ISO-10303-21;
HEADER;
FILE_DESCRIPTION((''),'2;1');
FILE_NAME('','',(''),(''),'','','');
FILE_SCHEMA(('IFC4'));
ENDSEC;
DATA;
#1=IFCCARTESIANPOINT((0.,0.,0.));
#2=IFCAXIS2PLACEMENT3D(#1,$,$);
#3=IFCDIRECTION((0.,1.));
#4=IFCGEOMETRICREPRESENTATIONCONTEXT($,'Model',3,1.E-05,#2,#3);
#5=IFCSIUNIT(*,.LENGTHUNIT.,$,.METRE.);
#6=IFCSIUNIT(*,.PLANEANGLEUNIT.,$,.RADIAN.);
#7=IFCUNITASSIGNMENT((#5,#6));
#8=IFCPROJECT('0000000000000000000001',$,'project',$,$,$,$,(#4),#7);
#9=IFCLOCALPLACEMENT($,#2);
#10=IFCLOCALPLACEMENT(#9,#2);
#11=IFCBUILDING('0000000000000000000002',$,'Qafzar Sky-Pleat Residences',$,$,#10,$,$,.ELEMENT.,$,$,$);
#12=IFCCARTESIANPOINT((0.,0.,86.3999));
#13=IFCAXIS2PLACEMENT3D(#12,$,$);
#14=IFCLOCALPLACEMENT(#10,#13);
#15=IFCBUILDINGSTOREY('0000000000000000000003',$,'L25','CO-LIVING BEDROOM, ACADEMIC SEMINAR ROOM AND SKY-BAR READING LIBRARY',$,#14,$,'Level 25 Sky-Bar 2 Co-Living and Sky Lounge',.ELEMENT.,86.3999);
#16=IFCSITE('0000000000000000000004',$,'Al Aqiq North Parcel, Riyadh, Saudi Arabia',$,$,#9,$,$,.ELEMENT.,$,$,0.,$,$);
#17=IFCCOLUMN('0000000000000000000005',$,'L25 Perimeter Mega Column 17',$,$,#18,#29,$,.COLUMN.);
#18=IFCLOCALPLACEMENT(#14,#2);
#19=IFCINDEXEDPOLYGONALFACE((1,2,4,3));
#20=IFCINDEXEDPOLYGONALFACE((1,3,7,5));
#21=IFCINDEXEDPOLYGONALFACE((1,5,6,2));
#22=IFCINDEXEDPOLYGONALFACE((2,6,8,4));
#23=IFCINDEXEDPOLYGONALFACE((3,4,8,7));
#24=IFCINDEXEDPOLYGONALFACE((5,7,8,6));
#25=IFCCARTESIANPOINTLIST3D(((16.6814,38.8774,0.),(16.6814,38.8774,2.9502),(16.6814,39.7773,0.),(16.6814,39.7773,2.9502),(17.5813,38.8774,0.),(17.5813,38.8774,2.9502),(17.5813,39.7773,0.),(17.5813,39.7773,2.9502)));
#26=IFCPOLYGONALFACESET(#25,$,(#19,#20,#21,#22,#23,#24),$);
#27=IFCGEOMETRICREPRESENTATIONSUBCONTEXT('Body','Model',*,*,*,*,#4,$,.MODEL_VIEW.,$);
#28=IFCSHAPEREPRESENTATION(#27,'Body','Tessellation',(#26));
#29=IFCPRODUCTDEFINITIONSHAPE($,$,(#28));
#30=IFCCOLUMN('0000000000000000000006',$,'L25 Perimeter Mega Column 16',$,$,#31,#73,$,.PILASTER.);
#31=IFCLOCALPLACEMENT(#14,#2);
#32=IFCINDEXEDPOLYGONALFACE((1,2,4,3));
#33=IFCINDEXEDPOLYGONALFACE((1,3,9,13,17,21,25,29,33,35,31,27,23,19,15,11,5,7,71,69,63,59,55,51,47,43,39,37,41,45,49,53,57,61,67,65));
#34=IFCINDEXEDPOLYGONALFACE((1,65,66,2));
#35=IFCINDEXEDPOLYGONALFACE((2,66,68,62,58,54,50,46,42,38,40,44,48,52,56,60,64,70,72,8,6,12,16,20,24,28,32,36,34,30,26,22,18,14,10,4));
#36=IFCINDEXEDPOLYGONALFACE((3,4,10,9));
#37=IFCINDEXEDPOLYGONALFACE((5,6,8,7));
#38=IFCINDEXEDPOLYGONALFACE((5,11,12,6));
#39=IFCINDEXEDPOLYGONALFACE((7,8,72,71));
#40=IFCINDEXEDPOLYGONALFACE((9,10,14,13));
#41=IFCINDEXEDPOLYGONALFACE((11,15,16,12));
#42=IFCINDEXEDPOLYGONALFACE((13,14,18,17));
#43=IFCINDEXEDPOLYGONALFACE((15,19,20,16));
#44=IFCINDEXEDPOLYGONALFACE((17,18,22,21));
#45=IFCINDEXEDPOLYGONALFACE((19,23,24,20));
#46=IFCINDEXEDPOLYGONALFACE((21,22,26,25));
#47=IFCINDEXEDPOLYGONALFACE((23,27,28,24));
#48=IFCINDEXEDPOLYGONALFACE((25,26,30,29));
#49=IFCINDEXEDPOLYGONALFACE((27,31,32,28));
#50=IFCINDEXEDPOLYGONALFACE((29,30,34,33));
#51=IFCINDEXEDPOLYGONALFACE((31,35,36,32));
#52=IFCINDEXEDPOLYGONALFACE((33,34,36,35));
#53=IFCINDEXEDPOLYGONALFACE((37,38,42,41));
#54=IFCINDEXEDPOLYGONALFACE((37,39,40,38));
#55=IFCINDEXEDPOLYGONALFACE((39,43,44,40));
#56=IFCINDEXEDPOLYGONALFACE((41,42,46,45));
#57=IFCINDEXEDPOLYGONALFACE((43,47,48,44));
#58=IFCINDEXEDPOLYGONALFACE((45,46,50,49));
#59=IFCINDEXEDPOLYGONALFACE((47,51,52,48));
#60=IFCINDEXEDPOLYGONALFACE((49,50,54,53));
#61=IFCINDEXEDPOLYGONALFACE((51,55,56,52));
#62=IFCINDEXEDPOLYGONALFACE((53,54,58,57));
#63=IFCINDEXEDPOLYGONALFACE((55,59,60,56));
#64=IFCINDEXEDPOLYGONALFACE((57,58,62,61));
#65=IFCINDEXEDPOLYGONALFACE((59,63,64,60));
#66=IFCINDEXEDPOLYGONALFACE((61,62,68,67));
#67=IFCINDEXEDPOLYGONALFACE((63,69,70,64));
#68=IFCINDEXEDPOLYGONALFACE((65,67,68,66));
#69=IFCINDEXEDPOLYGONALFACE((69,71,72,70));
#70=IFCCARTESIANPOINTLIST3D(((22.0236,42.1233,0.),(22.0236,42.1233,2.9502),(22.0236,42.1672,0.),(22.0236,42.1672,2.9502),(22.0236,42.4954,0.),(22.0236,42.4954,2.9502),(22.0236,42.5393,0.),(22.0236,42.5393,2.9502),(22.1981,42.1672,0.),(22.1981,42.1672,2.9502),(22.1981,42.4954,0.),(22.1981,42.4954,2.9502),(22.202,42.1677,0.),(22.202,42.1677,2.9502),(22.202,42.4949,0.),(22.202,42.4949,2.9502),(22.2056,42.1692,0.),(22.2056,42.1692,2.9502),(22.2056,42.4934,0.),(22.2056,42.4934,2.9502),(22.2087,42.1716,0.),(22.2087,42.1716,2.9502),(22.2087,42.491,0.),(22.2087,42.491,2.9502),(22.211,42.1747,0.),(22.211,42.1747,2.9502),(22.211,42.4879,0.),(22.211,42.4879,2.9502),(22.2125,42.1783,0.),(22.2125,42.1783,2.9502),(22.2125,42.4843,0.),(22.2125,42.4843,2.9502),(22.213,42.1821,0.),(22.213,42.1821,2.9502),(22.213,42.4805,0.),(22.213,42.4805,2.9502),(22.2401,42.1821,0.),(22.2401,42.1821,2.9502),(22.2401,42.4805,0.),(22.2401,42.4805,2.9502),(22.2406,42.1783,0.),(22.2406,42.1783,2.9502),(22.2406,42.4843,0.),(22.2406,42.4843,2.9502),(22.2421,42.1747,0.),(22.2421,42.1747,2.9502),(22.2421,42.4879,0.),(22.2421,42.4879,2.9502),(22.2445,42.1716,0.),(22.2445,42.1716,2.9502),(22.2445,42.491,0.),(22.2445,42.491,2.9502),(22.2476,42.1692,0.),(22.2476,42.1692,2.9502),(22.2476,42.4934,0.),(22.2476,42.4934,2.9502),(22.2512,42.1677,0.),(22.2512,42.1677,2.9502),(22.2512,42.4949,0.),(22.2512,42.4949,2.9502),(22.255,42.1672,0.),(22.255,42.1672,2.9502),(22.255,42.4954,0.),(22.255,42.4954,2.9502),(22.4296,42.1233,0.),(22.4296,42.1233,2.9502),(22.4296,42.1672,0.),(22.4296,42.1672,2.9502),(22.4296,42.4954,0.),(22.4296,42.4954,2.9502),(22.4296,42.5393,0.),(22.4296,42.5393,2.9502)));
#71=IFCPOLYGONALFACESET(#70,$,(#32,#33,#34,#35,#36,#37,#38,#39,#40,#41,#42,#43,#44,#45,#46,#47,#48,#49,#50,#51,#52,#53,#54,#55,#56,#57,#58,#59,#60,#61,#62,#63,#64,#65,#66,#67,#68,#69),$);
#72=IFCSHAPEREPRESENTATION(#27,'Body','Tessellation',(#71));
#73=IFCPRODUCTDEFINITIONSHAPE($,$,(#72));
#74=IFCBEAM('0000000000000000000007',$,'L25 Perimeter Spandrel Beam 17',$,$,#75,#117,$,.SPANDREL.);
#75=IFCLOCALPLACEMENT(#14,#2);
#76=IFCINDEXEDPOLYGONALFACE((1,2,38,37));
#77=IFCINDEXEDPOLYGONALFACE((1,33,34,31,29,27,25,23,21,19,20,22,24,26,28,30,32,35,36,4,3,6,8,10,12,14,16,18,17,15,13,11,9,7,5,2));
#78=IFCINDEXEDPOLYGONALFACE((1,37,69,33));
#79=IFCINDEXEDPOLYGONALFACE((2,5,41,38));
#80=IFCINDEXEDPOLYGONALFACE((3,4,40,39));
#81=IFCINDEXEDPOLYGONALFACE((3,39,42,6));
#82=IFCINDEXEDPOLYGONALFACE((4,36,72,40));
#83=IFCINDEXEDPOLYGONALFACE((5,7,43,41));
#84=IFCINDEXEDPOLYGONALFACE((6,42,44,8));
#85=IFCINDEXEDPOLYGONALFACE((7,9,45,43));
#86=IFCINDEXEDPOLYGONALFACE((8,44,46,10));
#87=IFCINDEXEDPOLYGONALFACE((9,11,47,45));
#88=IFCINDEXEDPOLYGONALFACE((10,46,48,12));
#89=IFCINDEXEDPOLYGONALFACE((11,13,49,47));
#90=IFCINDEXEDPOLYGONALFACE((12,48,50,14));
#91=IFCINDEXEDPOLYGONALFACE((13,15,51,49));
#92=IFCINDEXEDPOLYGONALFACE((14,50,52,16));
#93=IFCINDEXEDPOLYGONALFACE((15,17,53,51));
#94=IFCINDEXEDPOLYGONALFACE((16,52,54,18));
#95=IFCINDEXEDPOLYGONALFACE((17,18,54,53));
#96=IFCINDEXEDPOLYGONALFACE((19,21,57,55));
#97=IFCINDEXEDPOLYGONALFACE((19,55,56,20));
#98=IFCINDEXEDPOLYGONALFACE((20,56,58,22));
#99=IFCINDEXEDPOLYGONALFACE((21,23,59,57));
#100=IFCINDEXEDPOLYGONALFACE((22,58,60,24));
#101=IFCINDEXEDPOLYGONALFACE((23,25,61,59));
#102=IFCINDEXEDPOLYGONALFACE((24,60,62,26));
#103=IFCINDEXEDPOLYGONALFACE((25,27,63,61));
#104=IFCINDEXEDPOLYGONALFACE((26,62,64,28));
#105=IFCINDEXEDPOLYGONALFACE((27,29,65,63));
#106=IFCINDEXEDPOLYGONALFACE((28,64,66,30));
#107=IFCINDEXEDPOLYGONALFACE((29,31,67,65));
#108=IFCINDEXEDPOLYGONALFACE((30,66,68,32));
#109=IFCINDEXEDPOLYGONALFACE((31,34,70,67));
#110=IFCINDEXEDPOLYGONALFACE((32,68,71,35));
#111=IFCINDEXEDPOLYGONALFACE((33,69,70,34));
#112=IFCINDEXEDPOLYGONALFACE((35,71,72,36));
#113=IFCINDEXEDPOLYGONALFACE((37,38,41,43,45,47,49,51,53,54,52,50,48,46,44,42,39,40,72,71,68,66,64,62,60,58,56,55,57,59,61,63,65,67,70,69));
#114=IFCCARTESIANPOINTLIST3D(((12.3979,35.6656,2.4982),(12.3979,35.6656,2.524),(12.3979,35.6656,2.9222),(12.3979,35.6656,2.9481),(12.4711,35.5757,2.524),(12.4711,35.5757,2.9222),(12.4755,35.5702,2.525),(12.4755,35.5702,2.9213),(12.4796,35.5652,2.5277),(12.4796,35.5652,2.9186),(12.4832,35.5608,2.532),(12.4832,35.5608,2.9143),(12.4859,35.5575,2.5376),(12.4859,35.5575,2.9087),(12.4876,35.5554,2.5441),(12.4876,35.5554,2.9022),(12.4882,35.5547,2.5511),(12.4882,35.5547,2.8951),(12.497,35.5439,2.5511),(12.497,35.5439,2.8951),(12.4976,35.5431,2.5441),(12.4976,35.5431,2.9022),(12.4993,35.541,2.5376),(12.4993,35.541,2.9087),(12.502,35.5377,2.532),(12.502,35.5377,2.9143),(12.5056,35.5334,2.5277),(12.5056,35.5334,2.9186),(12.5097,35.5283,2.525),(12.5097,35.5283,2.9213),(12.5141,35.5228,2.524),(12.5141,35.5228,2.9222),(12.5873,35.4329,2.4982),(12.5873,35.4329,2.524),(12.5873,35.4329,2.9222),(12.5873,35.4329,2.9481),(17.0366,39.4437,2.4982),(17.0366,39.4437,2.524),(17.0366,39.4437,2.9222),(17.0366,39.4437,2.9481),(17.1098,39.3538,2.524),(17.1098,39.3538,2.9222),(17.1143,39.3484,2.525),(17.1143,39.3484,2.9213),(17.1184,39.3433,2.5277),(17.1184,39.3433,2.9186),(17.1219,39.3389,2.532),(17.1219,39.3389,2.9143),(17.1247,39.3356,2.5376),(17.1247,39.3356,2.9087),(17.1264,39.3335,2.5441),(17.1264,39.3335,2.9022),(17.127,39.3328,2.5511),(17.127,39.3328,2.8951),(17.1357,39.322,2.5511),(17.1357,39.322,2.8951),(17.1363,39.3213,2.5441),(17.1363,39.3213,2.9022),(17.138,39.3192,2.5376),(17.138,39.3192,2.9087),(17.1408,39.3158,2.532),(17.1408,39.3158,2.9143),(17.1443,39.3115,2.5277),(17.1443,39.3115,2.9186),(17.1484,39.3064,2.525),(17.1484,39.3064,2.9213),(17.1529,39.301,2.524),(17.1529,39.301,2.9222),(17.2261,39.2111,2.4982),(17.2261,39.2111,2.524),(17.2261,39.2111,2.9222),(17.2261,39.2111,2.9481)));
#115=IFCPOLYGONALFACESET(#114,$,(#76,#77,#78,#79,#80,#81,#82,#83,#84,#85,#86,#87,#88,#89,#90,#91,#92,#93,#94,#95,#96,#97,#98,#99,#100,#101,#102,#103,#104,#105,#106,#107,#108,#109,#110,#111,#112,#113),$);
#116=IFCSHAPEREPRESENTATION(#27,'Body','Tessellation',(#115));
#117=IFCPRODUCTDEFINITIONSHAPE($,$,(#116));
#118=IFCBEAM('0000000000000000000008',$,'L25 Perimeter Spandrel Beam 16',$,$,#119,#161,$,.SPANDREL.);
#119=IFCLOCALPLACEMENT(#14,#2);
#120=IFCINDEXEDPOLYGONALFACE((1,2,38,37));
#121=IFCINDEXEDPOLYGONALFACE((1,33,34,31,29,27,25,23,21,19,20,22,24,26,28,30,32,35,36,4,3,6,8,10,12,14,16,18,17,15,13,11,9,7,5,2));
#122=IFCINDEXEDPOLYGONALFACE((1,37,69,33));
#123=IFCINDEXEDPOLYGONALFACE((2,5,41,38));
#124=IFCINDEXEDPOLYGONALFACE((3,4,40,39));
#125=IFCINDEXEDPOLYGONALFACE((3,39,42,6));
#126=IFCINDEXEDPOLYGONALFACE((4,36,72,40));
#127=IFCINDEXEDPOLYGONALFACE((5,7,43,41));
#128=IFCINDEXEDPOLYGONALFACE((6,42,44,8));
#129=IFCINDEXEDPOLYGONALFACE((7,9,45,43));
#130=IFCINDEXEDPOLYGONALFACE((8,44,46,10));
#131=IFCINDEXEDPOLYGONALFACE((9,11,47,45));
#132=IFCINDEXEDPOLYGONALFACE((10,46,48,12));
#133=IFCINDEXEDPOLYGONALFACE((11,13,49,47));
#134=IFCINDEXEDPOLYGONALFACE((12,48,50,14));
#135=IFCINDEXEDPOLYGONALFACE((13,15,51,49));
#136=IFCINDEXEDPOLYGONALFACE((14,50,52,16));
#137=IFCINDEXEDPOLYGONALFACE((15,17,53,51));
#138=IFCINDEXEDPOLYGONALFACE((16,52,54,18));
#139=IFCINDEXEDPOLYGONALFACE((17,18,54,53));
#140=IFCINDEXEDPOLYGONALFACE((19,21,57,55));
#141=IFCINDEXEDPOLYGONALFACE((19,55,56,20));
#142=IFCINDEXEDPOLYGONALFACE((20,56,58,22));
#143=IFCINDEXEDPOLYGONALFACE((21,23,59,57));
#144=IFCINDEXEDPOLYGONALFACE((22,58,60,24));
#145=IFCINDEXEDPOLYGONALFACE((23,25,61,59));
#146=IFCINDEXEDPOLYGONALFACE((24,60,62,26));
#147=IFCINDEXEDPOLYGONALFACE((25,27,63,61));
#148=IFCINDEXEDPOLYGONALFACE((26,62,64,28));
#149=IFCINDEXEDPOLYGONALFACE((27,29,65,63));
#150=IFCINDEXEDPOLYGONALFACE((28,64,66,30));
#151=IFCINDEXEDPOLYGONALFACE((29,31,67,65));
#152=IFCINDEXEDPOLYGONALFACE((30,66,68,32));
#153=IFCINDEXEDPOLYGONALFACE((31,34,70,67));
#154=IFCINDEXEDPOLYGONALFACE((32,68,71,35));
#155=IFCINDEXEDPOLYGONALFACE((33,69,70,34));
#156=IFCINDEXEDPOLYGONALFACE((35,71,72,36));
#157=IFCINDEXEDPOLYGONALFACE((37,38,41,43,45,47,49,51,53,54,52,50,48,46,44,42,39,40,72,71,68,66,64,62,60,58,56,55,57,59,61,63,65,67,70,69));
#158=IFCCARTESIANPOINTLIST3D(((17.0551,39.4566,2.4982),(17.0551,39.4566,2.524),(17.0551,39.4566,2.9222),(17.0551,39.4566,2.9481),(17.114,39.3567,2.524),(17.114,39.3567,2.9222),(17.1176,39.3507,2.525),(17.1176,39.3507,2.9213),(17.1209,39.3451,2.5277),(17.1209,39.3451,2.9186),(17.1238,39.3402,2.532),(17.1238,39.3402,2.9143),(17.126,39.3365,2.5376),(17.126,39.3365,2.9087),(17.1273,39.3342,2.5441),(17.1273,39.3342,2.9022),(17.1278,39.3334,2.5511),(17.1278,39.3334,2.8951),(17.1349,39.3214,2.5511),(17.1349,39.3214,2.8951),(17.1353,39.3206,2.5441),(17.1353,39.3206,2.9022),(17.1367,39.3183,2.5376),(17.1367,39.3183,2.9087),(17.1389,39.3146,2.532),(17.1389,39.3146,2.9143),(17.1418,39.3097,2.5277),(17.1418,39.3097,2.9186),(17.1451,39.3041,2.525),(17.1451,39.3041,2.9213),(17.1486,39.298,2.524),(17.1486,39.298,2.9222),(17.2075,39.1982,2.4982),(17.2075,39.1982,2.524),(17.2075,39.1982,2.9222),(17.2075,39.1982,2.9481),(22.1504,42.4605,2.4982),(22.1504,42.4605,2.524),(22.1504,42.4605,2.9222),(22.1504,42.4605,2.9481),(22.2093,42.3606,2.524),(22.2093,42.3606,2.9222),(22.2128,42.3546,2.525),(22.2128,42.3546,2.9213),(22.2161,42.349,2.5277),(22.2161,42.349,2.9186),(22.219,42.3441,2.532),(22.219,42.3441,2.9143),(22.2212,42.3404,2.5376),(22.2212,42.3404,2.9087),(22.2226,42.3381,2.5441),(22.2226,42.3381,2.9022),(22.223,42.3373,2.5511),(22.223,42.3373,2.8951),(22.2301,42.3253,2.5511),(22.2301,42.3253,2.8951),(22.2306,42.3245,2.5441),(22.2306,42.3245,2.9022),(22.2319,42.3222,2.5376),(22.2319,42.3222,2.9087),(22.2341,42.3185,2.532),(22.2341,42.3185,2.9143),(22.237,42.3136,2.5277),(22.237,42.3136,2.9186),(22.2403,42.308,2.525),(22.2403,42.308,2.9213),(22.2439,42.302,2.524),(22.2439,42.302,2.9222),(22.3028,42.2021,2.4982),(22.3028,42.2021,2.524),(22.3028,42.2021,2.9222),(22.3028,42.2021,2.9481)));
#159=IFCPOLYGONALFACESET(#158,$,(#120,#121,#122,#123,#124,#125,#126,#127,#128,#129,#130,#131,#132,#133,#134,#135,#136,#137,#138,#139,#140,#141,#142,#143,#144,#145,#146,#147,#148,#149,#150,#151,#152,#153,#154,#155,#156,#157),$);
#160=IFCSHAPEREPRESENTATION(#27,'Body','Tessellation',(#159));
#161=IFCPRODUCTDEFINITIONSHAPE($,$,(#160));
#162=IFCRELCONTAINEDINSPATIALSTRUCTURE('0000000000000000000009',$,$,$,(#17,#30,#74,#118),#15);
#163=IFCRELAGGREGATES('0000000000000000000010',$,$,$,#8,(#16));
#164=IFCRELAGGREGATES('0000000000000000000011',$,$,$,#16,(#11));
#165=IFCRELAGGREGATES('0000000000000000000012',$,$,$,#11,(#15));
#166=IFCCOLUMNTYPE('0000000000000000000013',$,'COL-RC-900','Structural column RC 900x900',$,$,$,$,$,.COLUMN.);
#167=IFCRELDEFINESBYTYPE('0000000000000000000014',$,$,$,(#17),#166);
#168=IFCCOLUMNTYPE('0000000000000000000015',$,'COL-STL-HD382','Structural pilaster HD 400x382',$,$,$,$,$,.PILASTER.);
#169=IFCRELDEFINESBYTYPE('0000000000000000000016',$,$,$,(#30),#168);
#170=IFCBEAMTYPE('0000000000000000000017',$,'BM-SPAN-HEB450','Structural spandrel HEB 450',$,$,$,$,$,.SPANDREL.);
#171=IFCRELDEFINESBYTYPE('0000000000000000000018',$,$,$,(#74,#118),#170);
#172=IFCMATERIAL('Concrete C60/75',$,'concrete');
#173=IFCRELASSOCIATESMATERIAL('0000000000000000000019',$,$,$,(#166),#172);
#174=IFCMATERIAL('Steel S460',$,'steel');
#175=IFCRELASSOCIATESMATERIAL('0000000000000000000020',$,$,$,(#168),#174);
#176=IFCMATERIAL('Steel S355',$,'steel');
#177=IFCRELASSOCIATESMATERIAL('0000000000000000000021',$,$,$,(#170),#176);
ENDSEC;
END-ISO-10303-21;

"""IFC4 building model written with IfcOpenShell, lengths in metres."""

from ifc_helpers import new_model, si_unit, direction, frame, origin, origin_2d, place, context, subcontext, project, spatial, rectangle, i_section, extrude, source, transform, mapped, material, material_profile, profile_set, type_object, element, save


model = new_model("IFC4")

# Units and contexts
model_context = context("Model", 3, precision=1e-05, world=origin(), true_north=direction((0.0, 1.0)))
body_context = subcontext(model_context, "Body", "Model", "MODEL_VIEW")
ifc_project = project(units=[si_unit("LENGTHUNIT", "METRE"), si_unit("PLANEANGLEUNIT", "RADIAN")], contexts=[model_context])

# Site, building, storey
site_placement = place(None, origin())
site = spatial("IfcSite", under=ifc_project, at=site_placement, Name="Al Aqiq North Parcel, Riyadh, Saudi Arabia", CompositionType="ELEMENT", RefElevation=0.0)
building_placement = place(site_placement, origin())
building = spatial("IfcBuilding", under=site, at=building_placement, Name="Qafzar Sky-Pleat Residences", CompositionType="ELEMENT")
storey_placement = place(building_placement, frame((0.0, 0.0, 86.3999)))
storey = spatial("IfcBuildingStorey", under=building, at=storey_placement, Name="L25", Description="CO-LIVING BEDROOM, ACADEMIC SEMINAR ROOM AND SKY-BAR READING LIBRARY", LongName="Level 25 Sky-Bar 2 Co-Living and Sky Lounge", CompositionType="ELEMENT", Elevation=86.3999)

# Columns
ifc_material_1 = material(Name="Concrete C60/75", Category="concrete")
ifc_material_profile_1 = material_profile(ifc_material_1, rectangle(XDim=0.8999, YDim=0.8999, at=origin_2d()), Name="RC 900x900")
ifc_profile_set_1 = profile_set([ifc_material_profile_1], Name="Concrete C60/75")
column_type_1 = type_object("IfcColumnType", Name="COL-RC-900", Description="Structural column RC 900x900", PredefinedType="COLUMN", material=ifc_profile_set_1)
shared_shape_1 = source(origin(), body_context, "Body", "SweptSolid", [
    extrude(rectangle(XDim=0.8999, YDim=0.8999, at=origin_2d()), origin(), (0.0, 0.0, 1.0), 2.9502),
])
column_1_placement = place(storey_placement, frame((17.1313, 39.3274, 0.0), z_axis=(0.0, 0.0, 1.0), x_axis=(1.0, 0.0, 0.0)))
element("IfcColumn", 1, at=column_1_placement, inside=storey, type_object=column_type_1, Name="L25 Perimeter Mega Column 17", PredefinedType="COLUMN", context=body_context, shape_type="MappedRepresentation", body=[
    mapped(shared_shape_1, transform((0.0, 0.0, 0.0), x_axis=(1.0, 0.0, 0.0), y_axis=(0.0, 1.0, 0.0), z_axis=(0.0, 0.0, 1.0), scale=1.0)),
])
ifc_material_2 = material(Name="Steel S460", Category="steel")
ifc_material_profile_2 = material_profile(ifc_material_2, i_section(OverallWidth=0.406, OverallDepth=0.416, WebThickness=0.0271, FlangeThickness=0.0439, FilletRadius=0.0149, at=origin_2d()), Name="HD 400x382")
ifc_profile_set_2 = profile_set([ifc_material_profile_2], Name="Steel S460")
column_type_2 = type_object("IfcColumnType", Name="COL-STL-HD382", Description="Structural pilaster HD 400x382", PredefinedType="PILASTER", material=ifc_profile_set_2)
shared_shape_2 = source(origin(), body_context, "Body", "SweptSolid", [
    extrude(i_section(OverallWidth=0.406, OverallDepth=0.416, WebThickness=0.0271, FlangeThickness=0.0439, FilletRadius=0.0149, at=origin_2d()), origin(), (0.0, 0.0, 1.0), 2.9502),
])
column_2_placement = place(storey_placement, frame((22.2266, 42.3313, 0.0), z_axis=(0.0, 0.0, 1.0), x_axis=(1.0, 0.0, 0.0)))
element("IfcColumn", 2, at=column_2_placement, inside=storey, type_object=column_type_2, Name="L25 Perimeter Mega Column 16", PredefinedType="PILASTER", context=body_context, shape_type="MappedRepresentation", body=[
    mapped(shared_shape_2, transform((0.0, 0.0, 0.0), x_axis=(1.0, 0.0, 0.0), y_axis=(0.0, 1.0, 0.0), z_axis=(0.0, 0.0, 1.0), scale=1.0)),
])

# Beams
ifc_material_3 = material(Name="Steel S355", Category="steel")
ifc_material_profile_3 = material_profile(ifc_material_3, i_section(OverallWidth=0.3, OverallDepth=0.45, WebThickness=0.0139, FlangeThickness=0.0259, FilletRadius=0.0271, at=origin_2d()), Name="HEB 450")
ifc_profile_set_3 = profile_set([ifc_material_profile_3], Name="Steel S355")
beam_type_1 = type_object("IfcBeamType", Name="BM-SPAN-HEB450", Description="Structural spandrel HEB 450", PredefinedType="SPANDREL", material=ifc_profile_set_3)
shared_shape_3 = source(origin(), body_context, "Body", "SweptSolid", [
    extrude(i_section(OverallWidth=0.3, OverallDepth=0.45, WebThickness=0.0139, FlangeThickness=0.0259, FilletRadius=0.0271, at=origin_2d()), origin(), (0.0, 0.0, 1.0), 5.9827),
])
beam_1_placement = place(storey_placement, frame((17.1313, 39.3274, 2.7231), z_axis=(-0.775364, -0.631514, 0.0), x_axis=(0.631514, -0.775364, 0.0)))
element("IfcBeam", 3, at=beam_1_placement, inside=storey, type_object=beam_type_1, Name="L25 Perimeter Spandrel Beam 17", PredefinedType="SPANDREL", context=body_context, shape_type="MappedRepresentation", body=[
    mapped(shared_shape_3, transform((0.0, 0.0, 0.0), x_axis=(1.0, 0.0, 0.0), y_axis=(0.0, 1.0, 0.0), z_axis=(0.0, 0.0, 1.0), scale=1.0)),
])
shared_shape_4 = source(origin(), body_context, "Body", "SweptSolid", [
    extrude(i_section(OverallWidth=0.3, OverallDepth=0.45, WebThickness=0.0139, FlangeThickness=0.0259, FilletRadius=0.0271, at=origin_2d()), origin(), (0.0, 0.0, 1.0), 5.9148),
])
beam_2_placement = place(storey_placement, frame((22.2266, 42.3313, 2.7231), z_axis=(-0.861437, -0.507864, 0.0), x_axis=(0.507864, -0.861437, 0.0)))
element("IfcBeam", 4, at=beam_2_placement, inside=storey, type_object=beam_type_1, Name="L25 Perimeter Spandrel Beam 16", PredefinedType="SPANDREL", context=body_context, shape_type="MappedRepresentation", body=[
    mapped(shared_shape_4, transform((0.0, 0.0, 0.0), x_axis=(1.0, 0.0, 0.0), y_axis=(0.0, 1.0, 0.0), z_axis=(0.0, 0.0, 1.0), scale=1.0)),
])

save(model, "model.ifc")
